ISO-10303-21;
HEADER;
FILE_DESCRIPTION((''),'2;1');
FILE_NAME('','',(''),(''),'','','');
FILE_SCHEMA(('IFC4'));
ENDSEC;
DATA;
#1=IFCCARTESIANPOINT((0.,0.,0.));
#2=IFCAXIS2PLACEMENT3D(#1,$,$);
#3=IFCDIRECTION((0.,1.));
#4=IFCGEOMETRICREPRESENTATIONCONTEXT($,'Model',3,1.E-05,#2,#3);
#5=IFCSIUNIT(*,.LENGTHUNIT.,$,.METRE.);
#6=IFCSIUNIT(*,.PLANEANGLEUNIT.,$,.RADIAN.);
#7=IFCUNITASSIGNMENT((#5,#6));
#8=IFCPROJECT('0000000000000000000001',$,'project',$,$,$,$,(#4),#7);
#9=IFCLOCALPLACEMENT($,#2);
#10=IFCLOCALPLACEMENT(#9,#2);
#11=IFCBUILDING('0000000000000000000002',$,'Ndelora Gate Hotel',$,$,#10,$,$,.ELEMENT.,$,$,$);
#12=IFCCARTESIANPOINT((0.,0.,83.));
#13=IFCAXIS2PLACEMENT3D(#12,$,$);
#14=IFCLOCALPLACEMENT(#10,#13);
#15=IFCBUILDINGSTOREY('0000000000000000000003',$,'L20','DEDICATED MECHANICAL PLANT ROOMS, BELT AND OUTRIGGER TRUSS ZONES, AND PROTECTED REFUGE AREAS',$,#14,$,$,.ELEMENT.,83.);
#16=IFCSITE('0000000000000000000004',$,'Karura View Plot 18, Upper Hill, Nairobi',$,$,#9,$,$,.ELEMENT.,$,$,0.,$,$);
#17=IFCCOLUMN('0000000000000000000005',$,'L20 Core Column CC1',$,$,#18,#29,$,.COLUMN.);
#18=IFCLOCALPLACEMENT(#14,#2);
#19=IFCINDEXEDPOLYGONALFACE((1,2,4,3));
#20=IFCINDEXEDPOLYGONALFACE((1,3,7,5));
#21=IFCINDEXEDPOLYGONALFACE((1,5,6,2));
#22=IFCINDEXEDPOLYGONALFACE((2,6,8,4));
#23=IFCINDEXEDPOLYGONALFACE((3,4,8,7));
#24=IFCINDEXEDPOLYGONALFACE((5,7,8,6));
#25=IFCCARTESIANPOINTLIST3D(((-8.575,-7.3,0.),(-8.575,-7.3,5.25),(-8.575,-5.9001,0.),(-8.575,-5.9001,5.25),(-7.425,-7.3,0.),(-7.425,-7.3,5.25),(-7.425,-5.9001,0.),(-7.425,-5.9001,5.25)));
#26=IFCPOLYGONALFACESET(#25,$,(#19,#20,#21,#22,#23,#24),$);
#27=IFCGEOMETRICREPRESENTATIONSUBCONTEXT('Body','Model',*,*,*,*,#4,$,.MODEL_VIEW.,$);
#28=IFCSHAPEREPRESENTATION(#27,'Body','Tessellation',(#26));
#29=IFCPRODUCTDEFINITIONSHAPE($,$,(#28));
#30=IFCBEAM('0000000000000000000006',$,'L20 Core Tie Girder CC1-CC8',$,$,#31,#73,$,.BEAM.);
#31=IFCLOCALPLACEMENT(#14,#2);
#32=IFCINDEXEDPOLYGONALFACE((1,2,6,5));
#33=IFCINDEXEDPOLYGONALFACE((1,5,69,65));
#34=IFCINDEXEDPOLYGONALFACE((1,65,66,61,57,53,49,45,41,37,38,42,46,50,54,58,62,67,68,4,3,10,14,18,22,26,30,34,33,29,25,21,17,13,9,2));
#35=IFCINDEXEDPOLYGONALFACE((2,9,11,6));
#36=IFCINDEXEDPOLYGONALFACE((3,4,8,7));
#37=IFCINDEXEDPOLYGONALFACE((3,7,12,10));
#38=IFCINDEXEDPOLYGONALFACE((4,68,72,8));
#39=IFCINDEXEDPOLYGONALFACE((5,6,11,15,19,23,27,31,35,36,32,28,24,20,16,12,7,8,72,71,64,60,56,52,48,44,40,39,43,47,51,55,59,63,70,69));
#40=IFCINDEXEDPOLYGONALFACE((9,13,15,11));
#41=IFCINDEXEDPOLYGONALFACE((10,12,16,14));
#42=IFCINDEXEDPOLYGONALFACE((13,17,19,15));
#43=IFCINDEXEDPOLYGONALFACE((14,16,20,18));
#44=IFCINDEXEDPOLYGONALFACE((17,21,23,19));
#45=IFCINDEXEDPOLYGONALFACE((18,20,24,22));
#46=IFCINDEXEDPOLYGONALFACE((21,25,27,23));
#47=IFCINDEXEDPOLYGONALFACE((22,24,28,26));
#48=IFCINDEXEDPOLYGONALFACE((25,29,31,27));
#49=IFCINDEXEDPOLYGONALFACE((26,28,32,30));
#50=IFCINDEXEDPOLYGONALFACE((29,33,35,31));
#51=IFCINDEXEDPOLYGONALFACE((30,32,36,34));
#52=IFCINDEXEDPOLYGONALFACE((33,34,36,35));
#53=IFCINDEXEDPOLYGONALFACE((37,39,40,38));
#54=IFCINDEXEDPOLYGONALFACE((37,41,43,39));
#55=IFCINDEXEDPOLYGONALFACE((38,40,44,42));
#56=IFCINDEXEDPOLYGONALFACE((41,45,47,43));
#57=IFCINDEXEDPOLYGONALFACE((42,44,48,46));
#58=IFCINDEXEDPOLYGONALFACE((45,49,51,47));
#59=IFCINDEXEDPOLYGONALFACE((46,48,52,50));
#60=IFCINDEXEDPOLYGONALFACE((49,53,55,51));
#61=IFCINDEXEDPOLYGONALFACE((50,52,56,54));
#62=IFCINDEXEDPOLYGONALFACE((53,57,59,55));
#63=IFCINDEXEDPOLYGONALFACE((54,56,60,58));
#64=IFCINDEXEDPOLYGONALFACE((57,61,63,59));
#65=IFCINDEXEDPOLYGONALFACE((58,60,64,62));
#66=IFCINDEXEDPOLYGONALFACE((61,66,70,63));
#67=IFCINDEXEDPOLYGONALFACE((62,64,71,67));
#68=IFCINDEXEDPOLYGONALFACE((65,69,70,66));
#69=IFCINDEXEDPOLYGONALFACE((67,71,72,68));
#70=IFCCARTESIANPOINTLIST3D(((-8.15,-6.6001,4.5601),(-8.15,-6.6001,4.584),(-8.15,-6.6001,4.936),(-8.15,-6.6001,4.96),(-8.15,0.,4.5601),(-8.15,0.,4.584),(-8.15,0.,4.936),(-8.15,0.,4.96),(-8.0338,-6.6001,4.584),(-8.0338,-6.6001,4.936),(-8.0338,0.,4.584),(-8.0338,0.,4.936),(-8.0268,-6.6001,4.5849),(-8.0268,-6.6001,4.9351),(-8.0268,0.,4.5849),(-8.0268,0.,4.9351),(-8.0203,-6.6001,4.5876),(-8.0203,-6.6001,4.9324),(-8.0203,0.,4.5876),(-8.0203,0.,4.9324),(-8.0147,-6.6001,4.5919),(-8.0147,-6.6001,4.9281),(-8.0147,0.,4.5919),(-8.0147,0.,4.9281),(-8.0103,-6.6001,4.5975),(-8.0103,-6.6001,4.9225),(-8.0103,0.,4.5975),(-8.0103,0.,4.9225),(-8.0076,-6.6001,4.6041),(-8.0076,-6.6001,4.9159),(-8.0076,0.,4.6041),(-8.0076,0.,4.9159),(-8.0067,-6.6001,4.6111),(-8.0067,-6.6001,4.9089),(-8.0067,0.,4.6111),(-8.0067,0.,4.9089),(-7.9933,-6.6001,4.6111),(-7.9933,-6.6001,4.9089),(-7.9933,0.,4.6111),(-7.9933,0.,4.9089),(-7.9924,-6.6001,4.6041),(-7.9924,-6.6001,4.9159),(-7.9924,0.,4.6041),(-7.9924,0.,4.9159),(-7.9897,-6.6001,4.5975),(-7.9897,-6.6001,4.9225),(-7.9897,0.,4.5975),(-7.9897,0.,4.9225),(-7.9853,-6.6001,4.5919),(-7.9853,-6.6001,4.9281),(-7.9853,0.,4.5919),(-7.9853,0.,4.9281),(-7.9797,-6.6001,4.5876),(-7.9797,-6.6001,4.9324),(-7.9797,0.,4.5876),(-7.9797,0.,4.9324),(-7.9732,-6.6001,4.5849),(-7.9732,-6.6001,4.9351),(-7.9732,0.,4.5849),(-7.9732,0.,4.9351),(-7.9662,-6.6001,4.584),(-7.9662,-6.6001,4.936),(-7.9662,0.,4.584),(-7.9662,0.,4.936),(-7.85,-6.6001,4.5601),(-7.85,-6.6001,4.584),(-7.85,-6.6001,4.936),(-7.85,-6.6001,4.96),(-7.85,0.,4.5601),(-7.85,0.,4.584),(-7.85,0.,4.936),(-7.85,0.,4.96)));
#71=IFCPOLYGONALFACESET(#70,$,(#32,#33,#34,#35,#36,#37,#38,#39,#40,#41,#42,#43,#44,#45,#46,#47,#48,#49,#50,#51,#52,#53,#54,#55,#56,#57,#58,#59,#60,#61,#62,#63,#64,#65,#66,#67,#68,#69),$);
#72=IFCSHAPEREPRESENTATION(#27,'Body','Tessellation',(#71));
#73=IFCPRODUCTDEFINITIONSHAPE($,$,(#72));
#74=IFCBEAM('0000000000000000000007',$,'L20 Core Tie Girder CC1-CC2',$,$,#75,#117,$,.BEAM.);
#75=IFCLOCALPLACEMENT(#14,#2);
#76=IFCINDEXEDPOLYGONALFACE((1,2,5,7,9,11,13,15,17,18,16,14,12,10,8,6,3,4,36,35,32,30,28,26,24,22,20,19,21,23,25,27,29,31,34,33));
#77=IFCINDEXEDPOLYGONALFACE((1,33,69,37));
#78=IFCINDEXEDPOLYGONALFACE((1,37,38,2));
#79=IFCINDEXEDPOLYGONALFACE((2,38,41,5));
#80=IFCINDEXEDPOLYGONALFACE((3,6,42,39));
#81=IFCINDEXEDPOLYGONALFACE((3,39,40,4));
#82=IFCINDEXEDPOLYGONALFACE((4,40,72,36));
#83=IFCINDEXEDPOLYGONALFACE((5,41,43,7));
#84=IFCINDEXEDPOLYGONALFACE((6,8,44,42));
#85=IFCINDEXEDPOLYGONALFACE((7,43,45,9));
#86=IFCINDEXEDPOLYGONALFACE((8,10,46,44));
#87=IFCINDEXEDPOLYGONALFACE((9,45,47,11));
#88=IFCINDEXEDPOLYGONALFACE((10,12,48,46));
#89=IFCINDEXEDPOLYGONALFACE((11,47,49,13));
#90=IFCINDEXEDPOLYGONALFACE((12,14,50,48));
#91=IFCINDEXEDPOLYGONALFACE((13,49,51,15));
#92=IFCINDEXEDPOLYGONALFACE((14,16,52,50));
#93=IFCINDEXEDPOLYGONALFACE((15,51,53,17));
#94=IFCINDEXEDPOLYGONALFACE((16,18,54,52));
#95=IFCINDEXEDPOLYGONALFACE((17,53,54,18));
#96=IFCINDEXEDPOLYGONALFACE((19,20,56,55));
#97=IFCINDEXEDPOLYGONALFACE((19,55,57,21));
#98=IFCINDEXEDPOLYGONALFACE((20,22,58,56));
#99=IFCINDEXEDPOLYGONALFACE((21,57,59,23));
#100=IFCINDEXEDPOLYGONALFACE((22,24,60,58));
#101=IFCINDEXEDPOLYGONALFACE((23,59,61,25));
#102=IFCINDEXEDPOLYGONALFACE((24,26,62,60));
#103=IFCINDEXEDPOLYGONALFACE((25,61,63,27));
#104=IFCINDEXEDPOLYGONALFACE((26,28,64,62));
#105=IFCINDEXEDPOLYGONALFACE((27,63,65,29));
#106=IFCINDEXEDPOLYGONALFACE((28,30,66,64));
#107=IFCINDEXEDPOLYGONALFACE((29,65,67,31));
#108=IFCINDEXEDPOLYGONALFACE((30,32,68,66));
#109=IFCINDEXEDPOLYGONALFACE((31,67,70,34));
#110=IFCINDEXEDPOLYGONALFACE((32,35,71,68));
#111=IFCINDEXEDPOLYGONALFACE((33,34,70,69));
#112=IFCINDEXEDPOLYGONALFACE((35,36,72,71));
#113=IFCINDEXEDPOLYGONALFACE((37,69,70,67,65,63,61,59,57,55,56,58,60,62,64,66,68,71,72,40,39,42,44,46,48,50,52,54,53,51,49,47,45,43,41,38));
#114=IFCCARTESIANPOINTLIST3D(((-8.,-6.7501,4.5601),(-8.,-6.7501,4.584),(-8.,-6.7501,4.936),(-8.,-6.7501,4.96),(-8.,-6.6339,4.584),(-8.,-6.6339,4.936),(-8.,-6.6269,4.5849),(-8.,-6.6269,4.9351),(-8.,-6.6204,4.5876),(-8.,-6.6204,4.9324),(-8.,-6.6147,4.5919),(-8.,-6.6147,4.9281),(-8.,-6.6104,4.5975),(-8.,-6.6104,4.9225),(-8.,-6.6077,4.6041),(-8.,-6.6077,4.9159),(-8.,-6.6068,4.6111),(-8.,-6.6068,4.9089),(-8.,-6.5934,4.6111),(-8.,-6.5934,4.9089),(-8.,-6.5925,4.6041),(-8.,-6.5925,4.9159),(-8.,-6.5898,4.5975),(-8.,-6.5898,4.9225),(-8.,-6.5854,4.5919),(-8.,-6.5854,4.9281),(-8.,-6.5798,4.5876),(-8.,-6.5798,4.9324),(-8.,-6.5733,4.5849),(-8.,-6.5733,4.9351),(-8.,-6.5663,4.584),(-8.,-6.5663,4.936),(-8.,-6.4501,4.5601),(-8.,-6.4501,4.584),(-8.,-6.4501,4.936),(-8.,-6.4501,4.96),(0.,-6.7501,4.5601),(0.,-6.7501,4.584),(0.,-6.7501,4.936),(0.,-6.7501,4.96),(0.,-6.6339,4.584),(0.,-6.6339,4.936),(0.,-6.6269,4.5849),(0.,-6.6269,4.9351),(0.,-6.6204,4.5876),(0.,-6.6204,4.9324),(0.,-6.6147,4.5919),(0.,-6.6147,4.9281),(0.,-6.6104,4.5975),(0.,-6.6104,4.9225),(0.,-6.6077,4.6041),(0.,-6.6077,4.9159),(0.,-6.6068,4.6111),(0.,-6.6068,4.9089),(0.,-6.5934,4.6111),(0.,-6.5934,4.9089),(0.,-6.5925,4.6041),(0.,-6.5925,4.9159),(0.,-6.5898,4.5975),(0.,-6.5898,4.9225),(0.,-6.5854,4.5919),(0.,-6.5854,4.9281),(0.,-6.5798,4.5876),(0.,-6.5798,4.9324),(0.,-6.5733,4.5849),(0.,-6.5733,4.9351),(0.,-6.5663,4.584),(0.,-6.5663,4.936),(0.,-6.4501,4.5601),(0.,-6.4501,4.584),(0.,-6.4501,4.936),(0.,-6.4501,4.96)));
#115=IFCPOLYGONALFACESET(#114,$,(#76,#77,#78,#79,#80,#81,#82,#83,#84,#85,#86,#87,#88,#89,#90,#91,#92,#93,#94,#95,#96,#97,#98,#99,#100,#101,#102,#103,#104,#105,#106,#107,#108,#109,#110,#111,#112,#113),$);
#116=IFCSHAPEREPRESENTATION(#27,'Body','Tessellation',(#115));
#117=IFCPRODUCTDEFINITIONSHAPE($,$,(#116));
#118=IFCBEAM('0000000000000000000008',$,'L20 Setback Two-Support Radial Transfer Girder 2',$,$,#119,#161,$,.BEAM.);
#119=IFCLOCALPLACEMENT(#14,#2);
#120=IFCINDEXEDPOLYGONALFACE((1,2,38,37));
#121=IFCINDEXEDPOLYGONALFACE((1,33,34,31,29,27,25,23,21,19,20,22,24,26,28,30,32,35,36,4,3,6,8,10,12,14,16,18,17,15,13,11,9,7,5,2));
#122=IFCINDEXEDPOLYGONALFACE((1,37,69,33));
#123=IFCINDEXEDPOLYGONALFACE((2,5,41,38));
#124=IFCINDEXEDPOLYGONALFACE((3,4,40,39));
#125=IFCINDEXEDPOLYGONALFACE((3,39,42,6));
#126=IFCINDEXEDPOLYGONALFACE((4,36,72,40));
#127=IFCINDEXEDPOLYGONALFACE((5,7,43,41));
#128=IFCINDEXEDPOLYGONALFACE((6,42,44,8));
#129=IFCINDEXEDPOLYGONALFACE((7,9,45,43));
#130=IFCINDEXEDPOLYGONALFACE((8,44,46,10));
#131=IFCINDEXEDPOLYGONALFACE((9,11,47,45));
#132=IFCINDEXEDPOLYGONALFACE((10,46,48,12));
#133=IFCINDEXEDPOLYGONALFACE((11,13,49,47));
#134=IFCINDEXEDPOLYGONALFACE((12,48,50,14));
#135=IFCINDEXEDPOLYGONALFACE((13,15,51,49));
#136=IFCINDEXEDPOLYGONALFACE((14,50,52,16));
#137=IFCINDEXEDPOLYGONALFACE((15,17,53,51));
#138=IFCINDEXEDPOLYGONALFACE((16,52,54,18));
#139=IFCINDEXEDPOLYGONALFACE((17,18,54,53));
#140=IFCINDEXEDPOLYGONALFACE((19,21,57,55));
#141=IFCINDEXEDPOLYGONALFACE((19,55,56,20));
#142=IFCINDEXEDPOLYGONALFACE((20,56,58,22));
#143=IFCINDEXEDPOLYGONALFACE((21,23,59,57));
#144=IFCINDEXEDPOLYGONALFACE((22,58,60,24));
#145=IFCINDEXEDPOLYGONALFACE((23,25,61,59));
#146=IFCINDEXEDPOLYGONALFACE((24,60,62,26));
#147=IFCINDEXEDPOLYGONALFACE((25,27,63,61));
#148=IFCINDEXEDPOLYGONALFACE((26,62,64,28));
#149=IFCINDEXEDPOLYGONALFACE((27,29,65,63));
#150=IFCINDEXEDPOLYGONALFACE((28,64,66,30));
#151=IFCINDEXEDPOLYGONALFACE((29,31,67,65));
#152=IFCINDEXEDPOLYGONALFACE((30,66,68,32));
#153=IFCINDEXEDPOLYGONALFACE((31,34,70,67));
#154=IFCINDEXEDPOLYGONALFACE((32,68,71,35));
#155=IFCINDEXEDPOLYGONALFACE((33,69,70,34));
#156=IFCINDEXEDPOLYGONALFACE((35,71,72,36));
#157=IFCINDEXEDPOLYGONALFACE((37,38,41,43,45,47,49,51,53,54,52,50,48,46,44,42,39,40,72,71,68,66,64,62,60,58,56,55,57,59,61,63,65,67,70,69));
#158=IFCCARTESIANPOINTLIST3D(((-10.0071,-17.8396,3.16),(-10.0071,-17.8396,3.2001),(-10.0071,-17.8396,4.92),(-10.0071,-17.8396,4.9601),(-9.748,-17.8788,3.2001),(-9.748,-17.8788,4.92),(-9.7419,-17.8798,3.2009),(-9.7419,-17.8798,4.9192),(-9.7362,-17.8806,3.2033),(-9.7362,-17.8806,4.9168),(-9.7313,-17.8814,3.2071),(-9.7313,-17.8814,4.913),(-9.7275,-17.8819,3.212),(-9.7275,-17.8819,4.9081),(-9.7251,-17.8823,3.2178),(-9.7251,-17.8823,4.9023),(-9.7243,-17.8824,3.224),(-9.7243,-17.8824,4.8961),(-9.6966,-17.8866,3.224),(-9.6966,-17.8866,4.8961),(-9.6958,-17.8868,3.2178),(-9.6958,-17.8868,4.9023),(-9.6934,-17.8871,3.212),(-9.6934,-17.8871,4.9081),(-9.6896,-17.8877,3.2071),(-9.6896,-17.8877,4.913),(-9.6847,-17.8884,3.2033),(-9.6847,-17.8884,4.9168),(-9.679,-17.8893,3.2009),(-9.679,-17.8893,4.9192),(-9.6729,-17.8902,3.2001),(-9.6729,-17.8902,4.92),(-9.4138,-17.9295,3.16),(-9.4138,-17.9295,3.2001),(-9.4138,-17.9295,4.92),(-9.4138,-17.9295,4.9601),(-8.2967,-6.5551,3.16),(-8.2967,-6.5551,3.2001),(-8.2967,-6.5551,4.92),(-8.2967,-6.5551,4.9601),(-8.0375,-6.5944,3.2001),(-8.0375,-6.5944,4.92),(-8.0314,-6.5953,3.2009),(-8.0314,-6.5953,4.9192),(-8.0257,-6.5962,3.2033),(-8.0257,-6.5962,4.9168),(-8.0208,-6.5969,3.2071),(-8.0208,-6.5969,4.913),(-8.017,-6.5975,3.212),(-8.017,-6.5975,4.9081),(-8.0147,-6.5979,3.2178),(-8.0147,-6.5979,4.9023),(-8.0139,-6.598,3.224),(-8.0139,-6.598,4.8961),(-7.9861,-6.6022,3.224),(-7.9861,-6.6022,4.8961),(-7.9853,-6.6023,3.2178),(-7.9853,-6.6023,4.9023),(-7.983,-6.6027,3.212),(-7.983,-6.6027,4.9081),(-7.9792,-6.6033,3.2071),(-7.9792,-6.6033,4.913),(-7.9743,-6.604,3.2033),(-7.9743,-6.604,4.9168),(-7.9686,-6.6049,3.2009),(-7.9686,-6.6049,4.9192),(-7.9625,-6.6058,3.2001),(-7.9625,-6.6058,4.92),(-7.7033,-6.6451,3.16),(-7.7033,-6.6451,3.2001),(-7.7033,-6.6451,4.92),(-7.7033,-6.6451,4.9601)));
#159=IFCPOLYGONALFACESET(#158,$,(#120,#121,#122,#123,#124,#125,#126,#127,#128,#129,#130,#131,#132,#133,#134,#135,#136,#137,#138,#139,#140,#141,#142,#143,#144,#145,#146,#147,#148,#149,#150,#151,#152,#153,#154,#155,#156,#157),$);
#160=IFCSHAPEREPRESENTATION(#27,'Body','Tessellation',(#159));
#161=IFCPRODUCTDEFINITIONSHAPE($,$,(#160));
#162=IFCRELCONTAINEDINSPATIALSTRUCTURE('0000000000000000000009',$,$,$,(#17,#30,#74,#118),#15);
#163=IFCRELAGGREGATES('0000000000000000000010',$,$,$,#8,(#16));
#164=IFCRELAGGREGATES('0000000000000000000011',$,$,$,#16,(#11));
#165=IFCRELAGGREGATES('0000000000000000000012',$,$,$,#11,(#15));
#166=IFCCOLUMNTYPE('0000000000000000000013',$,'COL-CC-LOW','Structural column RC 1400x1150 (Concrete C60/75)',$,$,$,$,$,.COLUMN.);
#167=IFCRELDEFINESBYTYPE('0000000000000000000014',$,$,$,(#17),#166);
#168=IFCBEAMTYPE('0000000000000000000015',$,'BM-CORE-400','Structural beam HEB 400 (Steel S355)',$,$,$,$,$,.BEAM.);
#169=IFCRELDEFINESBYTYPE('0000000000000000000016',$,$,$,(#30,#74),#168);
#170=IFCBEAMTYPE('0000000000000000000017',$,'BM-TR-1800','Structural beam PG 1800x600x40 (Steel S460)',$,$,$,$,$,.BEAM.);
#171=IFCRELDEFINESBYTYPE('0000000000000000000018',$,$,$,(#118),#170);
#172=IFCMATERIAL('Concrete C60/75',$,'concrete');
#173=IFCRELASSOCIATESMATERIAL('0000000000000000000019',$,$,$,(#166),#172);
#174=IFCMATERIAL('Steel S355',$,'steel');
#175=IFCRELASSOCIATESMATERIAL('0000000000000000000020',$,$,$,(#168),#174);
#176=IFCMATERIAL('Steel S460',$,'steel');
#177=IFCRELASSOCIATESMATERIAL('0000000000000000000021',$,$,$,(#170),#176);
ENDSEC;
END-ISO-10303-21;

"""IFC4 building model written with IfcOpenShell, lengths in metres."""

from ifc_helpers import new_model, si_unit, direction, frame, origin, origin_2d, place, context, subcontext, project, spatial, rectangle, i_section, extrude, material, material_profile, profile_set, type_object, element, save


model = new_model("IFC4")

# Units and contexts
model_context = context("Model", 3, precision=1e-05, world=origin(), true_north=direction((0.0, 1.0)))
body_context = subcontext(model_context, "Body", "Model", "MODEL_VIEW")
ifc_project = project(units=[si_unit("LENGTHUNIT", "METRE"), si_unit("PLANEANGLEUNIT", "RADIAN")], contexts=[model_context])

# Site, building, storey
site_placement = place(None, origin())
site = spatial("IfcSite", under=ifc_project, at=site_placement, Name="Karura View Plot 18, Upper Hill, Nairobi", CompositionType="ELEMENT", RefElevation=0.0)
building_placement = place(site_placement, origin())
building = spatial("IfcBuilding", under=site, at=building_placement, Name="Ndelora Gate Hotel", CompositionType="ELEMENT")
storey_placement = place(building_placement, frame((0.0, 0.0, 83.0)))
storey = spatial("IfcBuildingStorey", under=building, at=storey_placement, Name="L20", Description="DEDICATED MECHANICAL PLANT ROOMS, BELT AND OUTRIGGER TRUSS ZONES, AND PROTECTED REFUGE AREAS", CompositionType="ELEMENT", Elevation=83.0)

# Column
ifc_material_1 = material(Name="Concrete C60/75", Category="concrete")
ifc_material_profile_1 = material_profile(ifc_material_1, rectangle(XDim=1.1499, YDim=1.3999, at=origin_2d()), Name="RC 1400x1150")
ifc_profile_set_1 = profile_set([ifc_material_profile_1], Name="Concrete C60/75")
column_type = type_object("IfcColumnType", Name="COL-CC-LOW", Description="Structural column RC 1400x1150 (Concrete C60/75)", PredefinedType="COLUMN", material=ifc_profile_set_1)
column_placement = place(storey_placement, frame((-8.0, -6.6001, 0.0), z_axis=(0.0, 0.0, 1.0), x_axis=(1.0, 0.0, 0.0)))
element("IfcColumn", 1, at=column_placement, inside=storey, type_object=column_type, Name="L20 Core Column CC1", PredefinedType="COLUMN", context=body_context, shape_type="SweptSolid", body=[
    extrude(rectangle(XDim=1.1499, YDim=1.3999, at=origin_2d()), origin(), (0.0, 0.0, 1.0), 5.25),
])

# Beams
ifc_material_2 = material(Name="Steel S355", Category="steel")
ifc_material_profile_2 = material_profile(ifc_material_2, i_section(OverallWidth=0.3, OverallDepth=0.3999, WebThickness=0.0134, FlangeThickness=0.0239, FilletRadius=0.0271, at=origin_2d()), Name="HEB 400")
ifc_profile_set_2 = profile_set([ifc_material_profile_2], Name="Steel S355")
beam_type_1 = type_object("IfcBeamType", Name="BM-CORE-400", Description="Structural beam HEB 400 (Steel S355)", PredefinedType="BEAM", material=ifc_profile_set_2)
beam_1_placement = place(storey_placement, frame((-8.0, -6.6001, 4.76), z_axis=(0.0, 1.0, 0.0), x_axis=(-1.0, 0.0, 0.0)))
element("IfcBeam", 2, at=beam_1_placement, inside=storey, type_object=beam_type_1, Name="L20 Core Tie Girder CC1-CC8", PredefinedType="BEAM", context=body_context, shape_type="SweptSolid", body=[
    extrude(i_section(OverallWidth=0.3, OverallDepth=0.3999, WebThickness=0.0134, FlangeThickness=0.0239, FilletRadius=0.0271, at=origin_2d()), origin(), (0.0, 0.0, 1.0), 6.6001),
])
beam_2_placement = place(storey_placement, frame((-8.0, -6.6001, 4.76), z_axis=(1.0, 0.0, 0.0), x_axis=(0.0, 1.0, 0.0)))
element("IfcBeam", 3, at=beam_2_placement, inside=storey, type_object=beam_type_1, Name="L20 Core Tie Girder CC1-CC2", PredefinedType="BEAM", context=body_context, shape_type="SweptSolid", body=[
    extrude(i_section(OverallWidth=0.3, OverallDepth=0.3999, WebThickness=0.0134, FlangeThickness=0.0239, FilletRadius=0.0271, at=origin_2d()), origin(), (0.0, 0.0, 1.0), 8.0),
])
ifc_material_3 = material(Name="Steel S460", Category="steel")
ifc_material_profile_3 = material_profile(ifc_material_3, i_section(OverallWidth=0.6001, OverallDepth=1.8, WebThickness=0.0281, FlangeThickness=0.04, FilletRadius=0.0239, at=origin_2d()), Name="PG 1800x600x40")
ifc_profile_set_3 = profile_set([ifc_material_profile_3], Name="Steel S460")
beam_type_2 = type_object("IfcBeamType", Name="BM-TR-1800", Description="Structural beam PG 1800x600x40 (Steel S460)", PredefinedType="BEAM", material=ifc_profile_set_3)
beam_3_placement = place(storey_placement, frame((-8.0, -6.6001, 4.0601), z_axis=(-0.149864, -0.988707, 0.0), x_axis=(0.988707, -0.149864, 0.0)))
element("IfcBeam", 4, at=beam_3_placement, inside=storey, type_object=beam_type_2, Name="L20 Setback Two-Support Radial Transfer Girder 2", PredefinedType="BEAM", context=body_context, shape_type="SweptSolid", body=[
    extrude(i_section(OverallWidth=0.6001, OverallDepth=1.8, WebThickness=0.0281, FlangeThickness=0.04, FilletRadius=0.0239, at=origin_2d()), origin(), (0.0, 0.0, 1.0), 11.4133),
])

save(model, "model.ifc")
